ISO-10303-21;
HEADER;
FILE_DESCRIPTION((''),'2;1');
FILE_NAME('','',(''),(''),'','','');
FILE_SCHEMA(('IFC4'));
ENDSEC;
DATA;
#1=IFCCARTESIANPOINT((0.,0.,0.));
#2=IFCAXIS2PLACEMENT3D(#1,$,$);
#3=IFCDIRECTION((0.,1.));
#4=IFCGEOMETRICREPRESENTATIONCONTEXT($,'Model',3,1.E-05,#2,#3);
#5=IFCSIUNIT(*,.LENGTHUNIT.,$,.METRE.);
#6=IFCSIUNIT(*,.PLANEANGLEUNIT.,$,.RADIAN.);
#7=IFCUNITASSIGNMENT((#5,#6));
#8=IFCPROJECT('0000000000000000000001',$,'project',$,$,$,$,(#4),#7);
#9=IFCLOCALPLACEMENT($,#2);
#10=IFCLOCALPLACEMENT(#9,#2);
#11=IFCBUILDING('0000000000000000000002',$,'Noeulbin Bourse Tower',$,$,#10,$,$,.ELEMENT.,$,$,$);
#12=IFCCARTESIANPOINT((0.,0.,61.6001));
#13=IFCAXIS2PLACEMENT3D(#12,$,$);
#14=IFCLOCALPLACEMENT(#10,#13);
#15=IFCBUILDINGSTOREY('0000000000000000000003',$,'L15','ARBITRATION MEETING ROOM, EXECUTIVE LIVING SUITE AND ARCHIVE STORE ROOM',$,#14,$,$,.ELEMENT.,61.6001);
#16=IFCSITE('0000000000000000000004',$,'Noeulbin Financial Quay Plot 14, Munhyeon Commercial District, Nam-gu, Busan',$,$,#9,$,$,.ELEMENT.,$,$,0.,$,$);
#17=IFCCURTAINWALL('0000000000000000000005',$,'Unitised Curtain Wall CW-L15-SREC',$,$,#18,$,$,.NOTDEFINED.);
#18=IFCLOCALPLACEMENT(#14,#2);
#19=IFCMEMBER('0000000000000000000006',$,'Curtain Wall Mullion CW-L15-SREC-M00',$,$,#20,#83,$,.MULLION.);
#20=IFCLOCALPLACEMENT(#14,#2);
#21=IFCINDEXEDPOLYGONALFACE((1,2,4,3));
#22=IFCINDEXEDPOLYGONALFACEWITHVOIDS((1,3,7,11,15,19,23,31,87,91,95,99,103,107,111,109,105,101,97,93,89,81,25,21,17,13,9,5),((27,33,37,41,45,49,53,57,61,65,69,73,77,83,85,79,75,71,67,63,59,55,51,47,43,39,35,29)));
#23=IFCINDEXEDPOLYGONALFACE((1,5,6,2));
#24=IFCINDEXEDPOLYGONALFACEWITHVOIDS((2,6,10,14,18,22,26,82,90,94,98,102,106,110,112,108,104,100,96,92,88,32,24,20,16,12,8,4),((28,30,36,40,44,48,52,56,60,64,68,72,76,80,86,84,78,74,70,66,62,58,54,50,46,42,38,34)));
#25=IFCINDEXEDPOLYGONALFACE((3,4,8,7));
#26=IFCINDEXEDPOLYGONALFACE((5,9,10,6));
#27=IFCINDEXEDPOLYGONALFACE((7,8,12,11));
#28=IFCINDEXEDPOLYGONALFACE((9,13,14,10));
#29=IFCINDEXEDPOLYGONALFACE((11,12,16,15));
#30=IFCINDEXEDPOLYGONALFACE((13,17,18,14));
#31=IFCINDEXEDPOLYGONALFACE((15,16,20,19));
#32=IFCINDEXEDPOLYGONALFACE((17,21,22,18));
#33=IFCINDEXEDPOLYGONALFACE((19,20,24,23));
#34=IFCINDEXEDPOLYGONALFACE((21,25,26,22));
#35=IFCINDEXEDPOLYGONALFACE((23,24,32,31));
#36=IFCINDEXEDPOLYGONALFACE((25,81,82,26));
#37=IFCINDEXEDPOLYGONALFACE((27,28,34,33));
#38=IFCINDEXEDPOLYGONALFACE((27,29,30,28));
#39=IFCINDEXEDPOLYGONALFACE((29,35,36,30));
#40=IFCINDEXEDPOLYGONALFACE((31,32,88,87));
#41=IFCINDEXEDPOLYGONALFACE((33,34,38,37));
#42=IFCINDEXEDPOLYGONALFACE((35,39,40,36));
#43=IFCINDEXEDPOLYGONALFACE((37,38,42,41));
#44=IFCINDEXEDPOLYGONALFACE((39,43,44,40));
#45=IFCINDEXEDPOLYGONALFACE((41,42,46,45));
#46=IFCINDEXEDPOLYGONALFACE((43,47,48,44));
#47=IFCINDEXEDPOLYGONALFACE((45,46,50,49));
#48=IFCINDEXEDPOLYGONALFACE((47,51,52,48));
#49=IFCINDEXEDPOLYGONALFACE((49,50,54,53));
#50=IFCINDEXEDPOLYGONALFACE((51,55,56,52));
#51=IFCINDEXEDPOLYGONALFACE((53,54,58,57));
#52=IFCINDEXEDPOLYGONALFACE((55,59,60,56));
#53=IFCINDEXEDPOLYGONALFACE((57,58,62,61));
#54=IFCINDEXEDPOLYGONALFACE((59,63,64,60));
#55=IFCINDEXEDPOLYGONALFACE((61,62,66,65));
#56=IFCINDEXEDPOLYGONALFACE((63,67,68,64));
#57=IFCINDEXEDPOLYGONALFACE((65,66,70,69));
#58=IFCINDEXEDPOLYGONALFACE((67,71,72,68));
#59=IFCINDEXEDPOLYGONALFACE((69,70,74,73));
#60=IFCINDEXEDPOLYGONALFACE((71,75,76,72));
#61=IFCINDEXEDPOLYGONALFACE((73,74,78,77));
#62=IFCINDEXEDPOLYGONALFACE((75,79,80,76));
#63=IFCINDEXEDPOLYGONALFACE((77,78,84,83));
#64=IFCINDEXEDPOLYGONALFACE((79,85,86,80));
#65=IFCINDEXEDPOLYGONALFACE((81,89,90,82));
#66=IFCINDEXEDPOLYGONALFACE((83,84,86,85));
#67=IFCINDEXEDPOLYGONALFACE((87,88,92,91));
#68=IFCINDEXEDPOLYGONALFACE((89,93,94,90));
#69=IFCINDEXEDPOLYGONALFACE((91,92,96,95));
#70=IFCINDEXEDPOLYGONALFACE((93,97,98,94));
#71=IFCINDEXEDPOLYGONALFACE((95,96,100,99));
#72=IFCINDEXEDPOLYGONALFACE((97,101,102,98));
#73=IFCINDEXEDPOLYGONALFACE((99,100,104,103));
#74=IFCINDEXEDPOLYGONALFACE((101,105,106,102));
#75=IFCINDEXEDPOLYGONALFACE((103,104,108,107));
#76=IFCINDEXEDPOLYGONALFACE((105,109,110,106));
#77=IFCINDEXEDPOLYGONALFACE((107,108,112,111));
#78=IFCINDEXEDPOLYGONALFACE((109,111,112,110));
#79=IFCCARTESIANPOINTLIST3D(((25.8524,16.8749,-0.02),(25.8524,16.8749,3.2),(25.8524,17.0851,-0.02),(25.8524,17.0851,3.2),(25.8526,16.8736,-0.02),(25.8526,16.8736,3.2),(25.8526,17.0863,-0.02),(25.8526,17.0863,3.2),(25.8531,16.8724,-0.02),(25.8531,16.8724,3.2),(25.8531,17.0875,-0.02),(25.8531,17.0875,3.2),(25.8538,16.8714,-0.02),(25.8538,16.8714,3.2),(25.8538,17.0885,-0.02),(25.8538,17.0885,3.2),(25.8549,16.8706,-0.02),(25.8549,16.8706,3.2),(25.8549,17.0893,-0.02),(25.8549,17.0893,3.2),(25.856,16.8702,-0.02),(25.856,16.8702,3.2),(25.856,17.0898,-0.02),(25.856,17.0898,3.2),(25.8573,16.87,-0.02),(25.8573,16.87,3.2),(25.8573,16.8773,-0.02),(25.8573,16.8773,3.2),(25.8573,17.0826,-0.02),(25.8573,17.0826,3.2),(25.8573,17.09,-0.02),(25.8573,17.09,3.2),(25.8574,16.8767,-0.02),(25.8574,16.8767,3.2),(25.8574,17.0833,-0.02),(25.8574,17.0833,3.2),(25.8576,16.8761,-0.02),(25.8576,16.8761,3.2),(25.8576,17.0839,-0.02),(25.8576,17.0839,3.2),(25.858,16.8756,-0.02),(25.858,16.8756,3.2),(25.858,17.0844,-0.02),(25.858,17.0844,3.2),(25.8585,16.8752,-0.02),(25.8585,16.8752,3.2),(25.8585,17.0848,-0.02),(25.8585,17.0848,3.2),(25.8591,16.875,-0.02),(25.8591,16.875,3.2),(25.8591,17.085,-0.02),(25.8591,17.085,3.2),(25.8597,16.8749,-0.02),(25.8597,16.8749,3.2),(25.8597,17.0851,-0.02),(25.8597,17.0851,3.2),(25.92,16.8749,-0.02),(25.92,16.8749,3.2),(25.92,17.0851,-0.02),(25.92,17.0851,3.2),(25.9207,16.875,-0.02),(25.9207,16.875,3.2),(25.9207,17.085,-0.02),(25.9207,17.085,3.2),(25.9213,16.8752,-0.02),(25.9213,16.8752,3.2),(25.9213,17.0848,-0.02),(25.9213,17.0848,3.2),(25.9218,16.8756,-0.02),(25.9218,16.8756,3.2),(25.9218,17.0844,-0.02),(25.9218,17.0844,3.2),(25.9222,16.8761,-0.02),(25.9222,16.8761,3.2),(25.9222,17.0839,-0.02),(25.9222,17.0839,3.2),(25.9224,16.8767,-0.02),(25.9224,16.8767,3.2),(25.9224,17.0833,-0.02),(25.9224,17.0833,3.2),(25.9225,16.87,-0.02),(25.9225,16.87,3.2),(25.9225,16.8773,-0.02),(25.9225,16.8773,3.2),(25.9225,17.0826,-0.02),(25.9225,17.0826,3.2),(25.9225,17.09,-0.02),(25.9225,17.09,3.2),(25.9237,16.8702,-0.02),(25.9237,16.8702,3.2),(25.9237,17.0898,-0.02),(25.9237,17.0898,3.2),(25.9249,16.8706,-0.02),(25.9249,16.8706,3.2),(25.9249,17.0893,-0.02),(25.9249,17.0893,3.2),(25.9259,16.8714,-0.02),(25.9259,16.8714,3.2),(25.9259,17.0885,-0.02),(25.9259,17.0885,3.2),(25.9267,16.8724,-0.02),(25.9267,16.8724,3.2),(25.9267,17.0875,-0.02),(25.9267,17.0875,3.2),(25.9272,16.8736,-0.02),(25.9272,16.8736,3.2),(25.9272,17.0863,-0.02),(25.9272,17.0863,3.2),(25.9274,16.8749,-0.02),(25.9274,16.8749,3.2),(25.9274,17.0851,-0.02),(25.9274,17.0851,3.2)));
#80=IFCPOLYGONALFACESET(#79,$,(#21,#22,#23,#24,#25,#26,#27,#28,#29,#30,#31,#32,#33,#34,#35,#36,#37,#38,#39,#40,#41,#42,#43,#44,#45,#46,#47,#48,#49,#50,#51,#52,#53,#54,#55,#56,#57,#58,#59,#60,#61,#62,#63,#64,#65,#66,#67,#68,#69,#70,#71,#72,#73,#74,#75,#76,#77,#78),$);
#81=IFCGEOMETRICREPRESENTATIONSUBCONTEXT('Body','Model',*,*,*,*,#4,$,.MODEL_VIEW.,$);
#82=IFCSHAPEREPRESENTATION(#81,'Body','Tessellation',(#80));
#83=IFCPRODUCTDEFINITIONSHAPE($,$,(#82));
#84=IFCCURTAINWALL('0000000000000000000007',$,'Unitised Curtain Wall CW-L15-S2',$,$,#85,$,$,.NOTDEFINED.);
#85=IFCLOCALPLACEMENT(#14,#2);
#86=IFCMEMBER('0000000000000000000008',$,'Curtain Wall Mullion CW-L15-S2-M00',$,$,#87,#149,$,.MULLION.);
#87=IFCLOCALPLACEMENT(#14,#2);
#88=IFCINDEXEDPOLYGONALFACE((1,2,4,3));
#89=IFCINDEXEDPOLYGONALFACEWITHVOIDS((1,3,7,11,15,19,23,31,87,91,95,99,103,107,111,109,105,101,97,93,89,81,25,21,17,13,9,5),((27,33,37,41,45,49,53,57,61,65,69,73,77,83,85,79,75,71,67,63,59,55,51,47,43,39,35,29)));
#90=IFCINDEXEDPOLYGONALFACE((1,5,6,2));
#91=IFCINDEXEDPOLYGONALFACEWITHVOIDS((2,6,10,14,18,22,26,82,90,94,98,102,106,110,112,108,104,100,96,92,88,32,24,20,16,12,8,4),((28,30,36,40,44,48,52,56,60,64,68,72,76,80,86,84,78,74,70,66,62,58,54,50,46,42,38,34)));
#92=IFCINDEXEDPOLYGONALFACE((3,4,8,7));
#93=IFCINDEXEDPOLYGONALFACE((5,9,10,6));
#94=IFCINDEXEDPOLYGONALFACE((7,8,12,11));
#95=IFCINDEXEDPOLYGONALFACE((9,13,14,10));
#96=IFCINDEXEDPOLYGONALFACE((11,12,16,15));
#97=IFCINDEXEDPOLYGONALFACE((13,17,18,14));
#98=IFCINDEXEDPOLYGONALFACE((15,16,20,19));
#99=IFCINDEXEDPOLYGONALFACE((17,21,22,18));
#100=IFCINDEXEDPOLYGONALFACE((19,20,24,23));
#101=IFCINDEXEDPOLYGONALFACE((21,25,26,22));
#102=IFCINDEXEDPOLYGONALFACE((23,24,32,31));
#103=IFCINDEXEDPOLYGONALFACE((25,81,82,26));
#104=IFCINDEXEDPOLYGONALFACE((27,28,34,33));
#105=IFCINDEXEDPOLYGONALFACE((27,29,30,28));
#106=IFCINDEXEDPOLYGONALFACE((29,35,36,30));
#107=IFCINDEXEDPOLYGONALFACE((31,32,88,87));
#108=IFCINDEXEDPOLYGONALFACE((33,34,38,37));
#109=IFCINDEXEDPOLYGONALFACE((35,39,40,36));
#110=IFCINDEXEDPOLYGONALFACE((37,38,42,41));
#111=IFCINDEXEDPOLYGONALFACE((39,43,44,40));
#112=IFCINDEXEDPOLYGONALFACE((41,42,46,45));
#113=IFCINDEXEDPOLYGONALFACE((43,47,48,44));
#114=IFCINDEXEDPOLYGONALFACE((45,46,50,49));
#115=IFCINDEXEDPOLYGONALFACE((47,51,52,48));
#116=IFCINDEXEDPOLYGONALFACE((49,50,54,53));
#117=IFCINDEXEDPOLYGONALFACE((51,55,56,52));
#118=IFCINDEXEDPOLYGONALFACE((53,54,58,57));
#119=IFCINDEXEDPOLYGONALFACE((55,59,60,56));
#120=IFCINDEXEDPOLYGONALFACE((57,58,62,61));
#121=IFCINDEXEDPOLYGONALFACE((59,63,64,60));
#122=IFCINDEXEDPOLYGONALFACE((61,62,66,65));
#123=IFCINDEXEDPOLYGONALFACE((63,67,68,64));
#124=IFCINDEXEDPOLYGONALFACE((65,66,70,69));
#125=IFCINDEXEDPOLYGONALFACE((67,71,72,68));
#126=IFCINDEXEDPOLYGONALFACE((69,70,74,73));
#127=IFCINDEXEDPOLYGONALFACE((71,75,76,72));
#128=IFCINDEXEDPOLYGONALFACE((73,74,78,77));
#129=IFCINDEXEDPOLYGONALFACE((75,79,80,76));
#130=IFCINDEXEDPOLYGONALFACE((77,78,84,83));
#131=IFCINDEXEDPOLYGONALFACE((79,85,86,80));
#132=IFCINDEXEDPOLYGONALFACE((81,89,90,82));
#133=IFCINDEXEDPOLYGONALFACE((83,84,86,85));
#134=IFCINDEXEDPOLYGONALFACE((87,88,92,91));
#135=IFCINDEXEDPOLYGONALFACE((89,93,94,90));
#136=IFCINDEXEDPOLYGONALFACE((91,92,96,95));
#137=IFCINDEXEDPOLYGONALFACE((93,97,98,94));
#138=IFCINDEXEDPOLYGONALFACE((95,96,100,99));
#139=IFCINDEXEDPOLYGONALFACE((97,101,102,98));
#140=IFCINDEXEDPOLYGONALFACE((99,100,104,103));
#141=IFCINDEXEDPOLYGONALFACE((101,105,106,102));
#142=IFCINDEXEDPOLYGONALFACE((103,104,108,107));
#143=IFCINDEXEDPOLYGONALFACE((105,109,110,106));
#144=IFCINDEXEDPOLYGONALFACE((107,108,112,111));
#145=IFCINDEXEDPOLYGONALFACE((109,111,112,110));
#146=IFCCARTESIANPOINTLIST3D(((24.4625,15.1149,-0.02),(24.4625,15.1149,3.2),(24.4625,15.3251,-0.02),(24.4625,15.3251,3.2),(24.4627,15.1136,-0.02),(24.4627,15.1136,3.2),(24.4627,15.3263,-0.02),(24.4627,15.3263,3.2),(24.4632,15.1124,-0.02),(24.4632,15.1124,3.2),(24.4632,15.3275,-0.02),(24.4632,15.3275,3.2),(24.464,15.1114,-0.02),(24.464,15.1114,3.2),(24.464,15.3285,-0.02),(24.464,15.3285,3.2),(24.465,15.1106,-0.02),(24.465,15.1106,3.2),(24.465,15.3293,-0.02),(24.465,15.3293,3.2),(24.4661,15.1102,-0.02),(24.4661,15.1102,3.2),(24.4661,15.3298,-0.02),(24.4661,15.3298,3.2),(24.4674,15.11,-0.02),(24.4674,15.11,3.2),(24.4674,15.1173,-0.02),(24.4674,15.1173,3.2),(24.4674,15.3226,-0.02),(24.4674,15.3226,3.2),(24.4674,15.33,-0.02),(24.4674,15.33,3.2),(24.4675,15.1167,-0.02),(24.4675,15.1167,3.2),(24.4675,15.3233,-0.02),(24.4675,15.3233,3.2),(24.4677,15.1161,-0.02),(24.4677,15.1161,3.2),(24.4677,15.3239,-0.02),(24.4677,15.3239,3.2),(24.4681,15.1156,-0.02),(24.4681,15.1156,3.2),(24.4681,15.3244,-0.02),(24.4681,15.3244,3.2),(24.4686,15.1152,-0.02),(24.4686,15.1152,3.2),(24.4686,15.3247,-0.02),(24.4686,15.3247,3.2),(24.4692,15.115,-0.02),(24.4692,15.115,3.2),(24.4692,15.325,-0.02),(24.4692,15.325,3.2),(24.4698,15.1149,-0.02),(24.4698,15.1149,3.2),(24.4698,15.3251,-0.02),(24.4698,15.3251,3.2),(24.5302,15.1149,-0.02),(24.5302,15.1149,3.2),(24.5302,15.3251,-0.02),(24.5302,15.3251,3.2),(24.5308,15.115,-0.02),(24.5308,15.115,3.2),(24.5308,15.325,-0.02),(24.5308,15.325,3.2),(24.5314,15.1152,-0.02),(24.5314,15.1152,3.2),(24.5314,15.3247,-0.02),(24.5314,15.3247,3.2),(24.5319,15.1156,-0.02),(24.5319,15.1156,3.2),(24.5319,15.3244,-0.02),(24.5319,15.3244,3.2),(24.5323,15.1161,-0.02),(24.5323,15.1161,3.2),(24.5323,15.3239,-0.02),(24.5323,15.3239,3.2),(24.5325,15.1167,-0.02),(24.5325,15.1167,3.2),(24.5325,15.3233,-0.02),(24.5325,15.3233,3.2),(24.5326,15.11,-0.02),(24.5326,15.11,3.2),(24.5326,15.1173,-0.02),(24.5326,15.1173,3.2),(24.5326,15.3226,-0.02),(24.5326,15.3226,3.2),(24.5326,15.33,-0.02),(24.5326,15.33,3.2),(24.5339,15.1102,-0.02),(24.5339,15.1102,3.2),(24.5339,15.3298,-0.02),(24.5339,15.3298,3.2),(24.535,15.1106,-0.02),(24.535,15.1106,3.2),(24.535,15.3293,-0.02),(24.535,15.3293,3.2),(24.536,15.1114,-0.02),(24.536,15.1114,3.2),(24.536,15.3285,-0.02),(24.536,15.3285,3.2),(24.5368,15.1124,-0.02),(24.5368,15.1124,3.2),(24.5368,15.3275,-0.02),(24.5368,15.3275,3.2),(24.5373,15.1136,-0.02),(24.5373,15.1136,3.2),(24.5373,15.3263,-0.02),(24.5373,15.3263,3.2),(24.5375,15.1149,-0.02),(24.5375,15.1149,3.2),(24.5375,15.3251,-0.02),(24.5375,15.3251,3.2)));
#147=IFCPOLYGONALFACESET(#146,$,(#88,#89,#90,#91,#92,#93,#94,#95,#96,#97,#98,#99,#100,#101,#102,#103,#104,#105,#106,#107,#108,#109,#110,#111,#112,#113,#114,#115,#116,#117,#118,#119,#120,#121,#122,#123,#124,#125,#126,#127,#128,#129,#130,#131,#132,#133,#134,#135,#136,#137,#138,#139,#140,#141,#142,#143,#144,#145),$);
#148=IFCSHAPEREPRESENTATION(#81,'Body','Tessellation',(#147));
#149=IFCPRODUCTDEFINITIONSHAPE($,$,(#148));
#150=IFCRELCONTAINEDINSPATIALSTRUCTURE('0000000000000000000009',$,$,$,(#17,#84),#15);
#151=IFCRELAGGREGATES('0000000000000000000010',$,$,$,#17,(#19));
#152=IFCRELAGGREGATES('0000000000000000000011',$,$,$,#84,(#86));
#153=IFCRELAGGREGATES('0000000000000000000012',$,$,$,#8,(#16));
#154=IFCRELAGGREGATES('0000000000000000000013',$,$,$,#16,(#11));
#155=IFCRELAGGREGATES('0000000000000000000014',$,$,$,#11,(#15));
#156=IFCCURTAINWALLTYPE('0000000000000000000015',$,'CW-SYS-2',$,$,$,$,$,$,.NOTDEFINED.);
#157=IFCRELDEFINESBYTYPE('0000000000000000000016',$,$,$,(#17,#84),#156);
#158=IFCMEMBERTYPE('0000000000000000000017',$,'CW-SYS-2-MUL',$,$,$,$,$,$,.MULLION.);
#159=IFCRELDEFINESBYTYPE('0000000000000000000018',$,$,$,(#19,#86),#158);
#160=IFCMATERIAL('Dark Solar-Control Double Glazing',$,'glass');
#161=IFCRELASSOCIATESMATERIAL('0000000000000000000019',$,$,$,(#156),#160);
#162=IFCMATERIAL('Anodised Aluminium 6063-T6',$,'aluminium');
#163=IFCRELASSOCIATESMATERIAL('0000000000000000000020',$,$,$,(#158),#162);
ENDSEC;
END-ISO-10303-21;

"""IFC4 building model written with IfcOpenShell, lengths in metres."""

from ifc_helpers import new_model, si_unit, direction, frame, origin, origin_2d, place, context, subcontext, project, spatial, hollow_rectangle, extrude, material, material_profile, profile_set, type_object, element, aggregate, save


model = new_model("IFC4")

# Units and contexts
model_context = context("Model", 3, precision=1e-05, world=origin(), true_north=direction((0.0, 1.0)))
body_context = subcontext(model_context, "Body", "Model", "MODEL_VIEW")
ifc_project = project(units=[si_unit("LENGTHUNIT", "METRE"), si_unit("PLANEANGLEUNIT", "RADIAN")], contexts=[model_context])

# Site, building, storey
site_placement = place(None, origin())
site = spatial("IfcSite", under=ifc_project, at=site_placement, Name="Noeulbin Financial Quay Plot 14, Munhyeon Commercial District, Nam-gu, Busan", CompositionType="ELEMENT", RefElevation=0.0)
building_placement = place(site_placement, origin())
building = spatial("IfcBuilding", under=site, at=building_placement, Name="Noeulbin Bourse Tower", CompositionType="ELEMENT")
storey_placement = place(building_placement, frame((0.0, 0.0, 61.6001)))
storey = spatial("IfcBuildingStorey", under=building, at=storey_placement, Name="L15", Description="ARBITRATION MEETING ROOM, EXECUTIVE LIVING SUITE AND ARCHIVE STORE ROOM", CompositionType="ELEMENT", Elevation=61.6001)

# Curtain wall, member
ifc_material_1 = material(Name="Dark Solar-Control Double Glazing", Category="glass")
curtain_wall_type = type_object("IfcCurtainWallType", Name="CW-SYS-2", PredefinedType="NOTDEFINED", material=ifc_material_1)
curtain_wall_1_placement = place(storey_placement, origin())
curtain_wall_1 = element("IfcCurtainWall", 1, at=curtain_wall_1_placement, inside=storey, type_object=curtain_wall_type, Name="Unitised Curtain Wall CW-L15-SREC", PredefinedType="NOTDEFINED")
ifc_material_2 = material(Name="Anodised Aluminium 6063-T6", Category="aluminium")
ifc_material_profile_1 = material_profile(ifc_material_2, hollow_rectangle(XDim=0.075, YDim=0.22, WallThickness=0.0049, InnerFilletRadius=0.0024, OuterFilletRadius=0.0049, at=origin_2d()), Name="ALU-MULL-75x220x5", Category="LoadBearing")
ifc_profile_set_1 = profile_set([ifc_material_profile_1], Name="Anodised Aluminium 6063-T6")
member_type_1 = type_object("IfcMemberType", Name="CW-SYS-2-MUL", PredefinedType="MULLION", material=ifc_profile_set_1)
member_1_placement = place(storey_placement, frame((25.8899, 16.98, -0.02), z_axis=(0.0, 0.0, 1.0), x_axis=(1.0, 0.0, 0.0)))
member_1 = element("IfcMember", 2, at=member_1_placement, type_object=member_type_1, Name="Curtain Wall Mullion CW-L15-SREC-M00", PredefinedType="MULLION", context=body_context, shape_type="SweptSolid", body=[
    extrude(hollow_rectangle(XDim=0.075, YDim=0.22, WallThickness=0.0049, InnerFilletRadius=0.0024, OuterFilletRadius=0.0049, at=origin_2d()), origin(), (0.0, 0.0, 1.0), 3.22),
])

# Curtain wall, member
curtain_wall_2_placement = place(storey_placement, origin())
curtain_wall_2 = element("IfcCurtainWall", 3, at=curtain_wall_2_placement, inside=storey, type_object=curtain_wall_type, Name="Unitised Curtain Wall CW-L15-S2", PredefinedType="NOTDEFINED")
member_2_placement = place(storey_placement, frame((24.5, 15.22, -0.02), z_axis=(0.0, 0.0, 1.0), x_axis=(1.0, 0.0, 0.0)))
member_2 = element("IfcMember", 4, at=member_2_placement, type_object=member_type_1, Name="Curtain Wall Mullion CW-L15-S2-M00", PredefinedType="MULLION", context=body_context, shape_type="SweptSolid", body=[
    extrude(hollow_rectangle(XDim=0.075, YDim=0.22, WallThickness=0.0049, InnerFilletRadius=0.0024, OuterFilletRadius=0.0049, at=origin_2d()), origin(), (0.0, 0.0, 1.0), 3.22),
])

aggregate(curtain_wall_1, [member_1])
aggregate(curtain_wall_2, [member_2])

save(model, "model.ifc")
